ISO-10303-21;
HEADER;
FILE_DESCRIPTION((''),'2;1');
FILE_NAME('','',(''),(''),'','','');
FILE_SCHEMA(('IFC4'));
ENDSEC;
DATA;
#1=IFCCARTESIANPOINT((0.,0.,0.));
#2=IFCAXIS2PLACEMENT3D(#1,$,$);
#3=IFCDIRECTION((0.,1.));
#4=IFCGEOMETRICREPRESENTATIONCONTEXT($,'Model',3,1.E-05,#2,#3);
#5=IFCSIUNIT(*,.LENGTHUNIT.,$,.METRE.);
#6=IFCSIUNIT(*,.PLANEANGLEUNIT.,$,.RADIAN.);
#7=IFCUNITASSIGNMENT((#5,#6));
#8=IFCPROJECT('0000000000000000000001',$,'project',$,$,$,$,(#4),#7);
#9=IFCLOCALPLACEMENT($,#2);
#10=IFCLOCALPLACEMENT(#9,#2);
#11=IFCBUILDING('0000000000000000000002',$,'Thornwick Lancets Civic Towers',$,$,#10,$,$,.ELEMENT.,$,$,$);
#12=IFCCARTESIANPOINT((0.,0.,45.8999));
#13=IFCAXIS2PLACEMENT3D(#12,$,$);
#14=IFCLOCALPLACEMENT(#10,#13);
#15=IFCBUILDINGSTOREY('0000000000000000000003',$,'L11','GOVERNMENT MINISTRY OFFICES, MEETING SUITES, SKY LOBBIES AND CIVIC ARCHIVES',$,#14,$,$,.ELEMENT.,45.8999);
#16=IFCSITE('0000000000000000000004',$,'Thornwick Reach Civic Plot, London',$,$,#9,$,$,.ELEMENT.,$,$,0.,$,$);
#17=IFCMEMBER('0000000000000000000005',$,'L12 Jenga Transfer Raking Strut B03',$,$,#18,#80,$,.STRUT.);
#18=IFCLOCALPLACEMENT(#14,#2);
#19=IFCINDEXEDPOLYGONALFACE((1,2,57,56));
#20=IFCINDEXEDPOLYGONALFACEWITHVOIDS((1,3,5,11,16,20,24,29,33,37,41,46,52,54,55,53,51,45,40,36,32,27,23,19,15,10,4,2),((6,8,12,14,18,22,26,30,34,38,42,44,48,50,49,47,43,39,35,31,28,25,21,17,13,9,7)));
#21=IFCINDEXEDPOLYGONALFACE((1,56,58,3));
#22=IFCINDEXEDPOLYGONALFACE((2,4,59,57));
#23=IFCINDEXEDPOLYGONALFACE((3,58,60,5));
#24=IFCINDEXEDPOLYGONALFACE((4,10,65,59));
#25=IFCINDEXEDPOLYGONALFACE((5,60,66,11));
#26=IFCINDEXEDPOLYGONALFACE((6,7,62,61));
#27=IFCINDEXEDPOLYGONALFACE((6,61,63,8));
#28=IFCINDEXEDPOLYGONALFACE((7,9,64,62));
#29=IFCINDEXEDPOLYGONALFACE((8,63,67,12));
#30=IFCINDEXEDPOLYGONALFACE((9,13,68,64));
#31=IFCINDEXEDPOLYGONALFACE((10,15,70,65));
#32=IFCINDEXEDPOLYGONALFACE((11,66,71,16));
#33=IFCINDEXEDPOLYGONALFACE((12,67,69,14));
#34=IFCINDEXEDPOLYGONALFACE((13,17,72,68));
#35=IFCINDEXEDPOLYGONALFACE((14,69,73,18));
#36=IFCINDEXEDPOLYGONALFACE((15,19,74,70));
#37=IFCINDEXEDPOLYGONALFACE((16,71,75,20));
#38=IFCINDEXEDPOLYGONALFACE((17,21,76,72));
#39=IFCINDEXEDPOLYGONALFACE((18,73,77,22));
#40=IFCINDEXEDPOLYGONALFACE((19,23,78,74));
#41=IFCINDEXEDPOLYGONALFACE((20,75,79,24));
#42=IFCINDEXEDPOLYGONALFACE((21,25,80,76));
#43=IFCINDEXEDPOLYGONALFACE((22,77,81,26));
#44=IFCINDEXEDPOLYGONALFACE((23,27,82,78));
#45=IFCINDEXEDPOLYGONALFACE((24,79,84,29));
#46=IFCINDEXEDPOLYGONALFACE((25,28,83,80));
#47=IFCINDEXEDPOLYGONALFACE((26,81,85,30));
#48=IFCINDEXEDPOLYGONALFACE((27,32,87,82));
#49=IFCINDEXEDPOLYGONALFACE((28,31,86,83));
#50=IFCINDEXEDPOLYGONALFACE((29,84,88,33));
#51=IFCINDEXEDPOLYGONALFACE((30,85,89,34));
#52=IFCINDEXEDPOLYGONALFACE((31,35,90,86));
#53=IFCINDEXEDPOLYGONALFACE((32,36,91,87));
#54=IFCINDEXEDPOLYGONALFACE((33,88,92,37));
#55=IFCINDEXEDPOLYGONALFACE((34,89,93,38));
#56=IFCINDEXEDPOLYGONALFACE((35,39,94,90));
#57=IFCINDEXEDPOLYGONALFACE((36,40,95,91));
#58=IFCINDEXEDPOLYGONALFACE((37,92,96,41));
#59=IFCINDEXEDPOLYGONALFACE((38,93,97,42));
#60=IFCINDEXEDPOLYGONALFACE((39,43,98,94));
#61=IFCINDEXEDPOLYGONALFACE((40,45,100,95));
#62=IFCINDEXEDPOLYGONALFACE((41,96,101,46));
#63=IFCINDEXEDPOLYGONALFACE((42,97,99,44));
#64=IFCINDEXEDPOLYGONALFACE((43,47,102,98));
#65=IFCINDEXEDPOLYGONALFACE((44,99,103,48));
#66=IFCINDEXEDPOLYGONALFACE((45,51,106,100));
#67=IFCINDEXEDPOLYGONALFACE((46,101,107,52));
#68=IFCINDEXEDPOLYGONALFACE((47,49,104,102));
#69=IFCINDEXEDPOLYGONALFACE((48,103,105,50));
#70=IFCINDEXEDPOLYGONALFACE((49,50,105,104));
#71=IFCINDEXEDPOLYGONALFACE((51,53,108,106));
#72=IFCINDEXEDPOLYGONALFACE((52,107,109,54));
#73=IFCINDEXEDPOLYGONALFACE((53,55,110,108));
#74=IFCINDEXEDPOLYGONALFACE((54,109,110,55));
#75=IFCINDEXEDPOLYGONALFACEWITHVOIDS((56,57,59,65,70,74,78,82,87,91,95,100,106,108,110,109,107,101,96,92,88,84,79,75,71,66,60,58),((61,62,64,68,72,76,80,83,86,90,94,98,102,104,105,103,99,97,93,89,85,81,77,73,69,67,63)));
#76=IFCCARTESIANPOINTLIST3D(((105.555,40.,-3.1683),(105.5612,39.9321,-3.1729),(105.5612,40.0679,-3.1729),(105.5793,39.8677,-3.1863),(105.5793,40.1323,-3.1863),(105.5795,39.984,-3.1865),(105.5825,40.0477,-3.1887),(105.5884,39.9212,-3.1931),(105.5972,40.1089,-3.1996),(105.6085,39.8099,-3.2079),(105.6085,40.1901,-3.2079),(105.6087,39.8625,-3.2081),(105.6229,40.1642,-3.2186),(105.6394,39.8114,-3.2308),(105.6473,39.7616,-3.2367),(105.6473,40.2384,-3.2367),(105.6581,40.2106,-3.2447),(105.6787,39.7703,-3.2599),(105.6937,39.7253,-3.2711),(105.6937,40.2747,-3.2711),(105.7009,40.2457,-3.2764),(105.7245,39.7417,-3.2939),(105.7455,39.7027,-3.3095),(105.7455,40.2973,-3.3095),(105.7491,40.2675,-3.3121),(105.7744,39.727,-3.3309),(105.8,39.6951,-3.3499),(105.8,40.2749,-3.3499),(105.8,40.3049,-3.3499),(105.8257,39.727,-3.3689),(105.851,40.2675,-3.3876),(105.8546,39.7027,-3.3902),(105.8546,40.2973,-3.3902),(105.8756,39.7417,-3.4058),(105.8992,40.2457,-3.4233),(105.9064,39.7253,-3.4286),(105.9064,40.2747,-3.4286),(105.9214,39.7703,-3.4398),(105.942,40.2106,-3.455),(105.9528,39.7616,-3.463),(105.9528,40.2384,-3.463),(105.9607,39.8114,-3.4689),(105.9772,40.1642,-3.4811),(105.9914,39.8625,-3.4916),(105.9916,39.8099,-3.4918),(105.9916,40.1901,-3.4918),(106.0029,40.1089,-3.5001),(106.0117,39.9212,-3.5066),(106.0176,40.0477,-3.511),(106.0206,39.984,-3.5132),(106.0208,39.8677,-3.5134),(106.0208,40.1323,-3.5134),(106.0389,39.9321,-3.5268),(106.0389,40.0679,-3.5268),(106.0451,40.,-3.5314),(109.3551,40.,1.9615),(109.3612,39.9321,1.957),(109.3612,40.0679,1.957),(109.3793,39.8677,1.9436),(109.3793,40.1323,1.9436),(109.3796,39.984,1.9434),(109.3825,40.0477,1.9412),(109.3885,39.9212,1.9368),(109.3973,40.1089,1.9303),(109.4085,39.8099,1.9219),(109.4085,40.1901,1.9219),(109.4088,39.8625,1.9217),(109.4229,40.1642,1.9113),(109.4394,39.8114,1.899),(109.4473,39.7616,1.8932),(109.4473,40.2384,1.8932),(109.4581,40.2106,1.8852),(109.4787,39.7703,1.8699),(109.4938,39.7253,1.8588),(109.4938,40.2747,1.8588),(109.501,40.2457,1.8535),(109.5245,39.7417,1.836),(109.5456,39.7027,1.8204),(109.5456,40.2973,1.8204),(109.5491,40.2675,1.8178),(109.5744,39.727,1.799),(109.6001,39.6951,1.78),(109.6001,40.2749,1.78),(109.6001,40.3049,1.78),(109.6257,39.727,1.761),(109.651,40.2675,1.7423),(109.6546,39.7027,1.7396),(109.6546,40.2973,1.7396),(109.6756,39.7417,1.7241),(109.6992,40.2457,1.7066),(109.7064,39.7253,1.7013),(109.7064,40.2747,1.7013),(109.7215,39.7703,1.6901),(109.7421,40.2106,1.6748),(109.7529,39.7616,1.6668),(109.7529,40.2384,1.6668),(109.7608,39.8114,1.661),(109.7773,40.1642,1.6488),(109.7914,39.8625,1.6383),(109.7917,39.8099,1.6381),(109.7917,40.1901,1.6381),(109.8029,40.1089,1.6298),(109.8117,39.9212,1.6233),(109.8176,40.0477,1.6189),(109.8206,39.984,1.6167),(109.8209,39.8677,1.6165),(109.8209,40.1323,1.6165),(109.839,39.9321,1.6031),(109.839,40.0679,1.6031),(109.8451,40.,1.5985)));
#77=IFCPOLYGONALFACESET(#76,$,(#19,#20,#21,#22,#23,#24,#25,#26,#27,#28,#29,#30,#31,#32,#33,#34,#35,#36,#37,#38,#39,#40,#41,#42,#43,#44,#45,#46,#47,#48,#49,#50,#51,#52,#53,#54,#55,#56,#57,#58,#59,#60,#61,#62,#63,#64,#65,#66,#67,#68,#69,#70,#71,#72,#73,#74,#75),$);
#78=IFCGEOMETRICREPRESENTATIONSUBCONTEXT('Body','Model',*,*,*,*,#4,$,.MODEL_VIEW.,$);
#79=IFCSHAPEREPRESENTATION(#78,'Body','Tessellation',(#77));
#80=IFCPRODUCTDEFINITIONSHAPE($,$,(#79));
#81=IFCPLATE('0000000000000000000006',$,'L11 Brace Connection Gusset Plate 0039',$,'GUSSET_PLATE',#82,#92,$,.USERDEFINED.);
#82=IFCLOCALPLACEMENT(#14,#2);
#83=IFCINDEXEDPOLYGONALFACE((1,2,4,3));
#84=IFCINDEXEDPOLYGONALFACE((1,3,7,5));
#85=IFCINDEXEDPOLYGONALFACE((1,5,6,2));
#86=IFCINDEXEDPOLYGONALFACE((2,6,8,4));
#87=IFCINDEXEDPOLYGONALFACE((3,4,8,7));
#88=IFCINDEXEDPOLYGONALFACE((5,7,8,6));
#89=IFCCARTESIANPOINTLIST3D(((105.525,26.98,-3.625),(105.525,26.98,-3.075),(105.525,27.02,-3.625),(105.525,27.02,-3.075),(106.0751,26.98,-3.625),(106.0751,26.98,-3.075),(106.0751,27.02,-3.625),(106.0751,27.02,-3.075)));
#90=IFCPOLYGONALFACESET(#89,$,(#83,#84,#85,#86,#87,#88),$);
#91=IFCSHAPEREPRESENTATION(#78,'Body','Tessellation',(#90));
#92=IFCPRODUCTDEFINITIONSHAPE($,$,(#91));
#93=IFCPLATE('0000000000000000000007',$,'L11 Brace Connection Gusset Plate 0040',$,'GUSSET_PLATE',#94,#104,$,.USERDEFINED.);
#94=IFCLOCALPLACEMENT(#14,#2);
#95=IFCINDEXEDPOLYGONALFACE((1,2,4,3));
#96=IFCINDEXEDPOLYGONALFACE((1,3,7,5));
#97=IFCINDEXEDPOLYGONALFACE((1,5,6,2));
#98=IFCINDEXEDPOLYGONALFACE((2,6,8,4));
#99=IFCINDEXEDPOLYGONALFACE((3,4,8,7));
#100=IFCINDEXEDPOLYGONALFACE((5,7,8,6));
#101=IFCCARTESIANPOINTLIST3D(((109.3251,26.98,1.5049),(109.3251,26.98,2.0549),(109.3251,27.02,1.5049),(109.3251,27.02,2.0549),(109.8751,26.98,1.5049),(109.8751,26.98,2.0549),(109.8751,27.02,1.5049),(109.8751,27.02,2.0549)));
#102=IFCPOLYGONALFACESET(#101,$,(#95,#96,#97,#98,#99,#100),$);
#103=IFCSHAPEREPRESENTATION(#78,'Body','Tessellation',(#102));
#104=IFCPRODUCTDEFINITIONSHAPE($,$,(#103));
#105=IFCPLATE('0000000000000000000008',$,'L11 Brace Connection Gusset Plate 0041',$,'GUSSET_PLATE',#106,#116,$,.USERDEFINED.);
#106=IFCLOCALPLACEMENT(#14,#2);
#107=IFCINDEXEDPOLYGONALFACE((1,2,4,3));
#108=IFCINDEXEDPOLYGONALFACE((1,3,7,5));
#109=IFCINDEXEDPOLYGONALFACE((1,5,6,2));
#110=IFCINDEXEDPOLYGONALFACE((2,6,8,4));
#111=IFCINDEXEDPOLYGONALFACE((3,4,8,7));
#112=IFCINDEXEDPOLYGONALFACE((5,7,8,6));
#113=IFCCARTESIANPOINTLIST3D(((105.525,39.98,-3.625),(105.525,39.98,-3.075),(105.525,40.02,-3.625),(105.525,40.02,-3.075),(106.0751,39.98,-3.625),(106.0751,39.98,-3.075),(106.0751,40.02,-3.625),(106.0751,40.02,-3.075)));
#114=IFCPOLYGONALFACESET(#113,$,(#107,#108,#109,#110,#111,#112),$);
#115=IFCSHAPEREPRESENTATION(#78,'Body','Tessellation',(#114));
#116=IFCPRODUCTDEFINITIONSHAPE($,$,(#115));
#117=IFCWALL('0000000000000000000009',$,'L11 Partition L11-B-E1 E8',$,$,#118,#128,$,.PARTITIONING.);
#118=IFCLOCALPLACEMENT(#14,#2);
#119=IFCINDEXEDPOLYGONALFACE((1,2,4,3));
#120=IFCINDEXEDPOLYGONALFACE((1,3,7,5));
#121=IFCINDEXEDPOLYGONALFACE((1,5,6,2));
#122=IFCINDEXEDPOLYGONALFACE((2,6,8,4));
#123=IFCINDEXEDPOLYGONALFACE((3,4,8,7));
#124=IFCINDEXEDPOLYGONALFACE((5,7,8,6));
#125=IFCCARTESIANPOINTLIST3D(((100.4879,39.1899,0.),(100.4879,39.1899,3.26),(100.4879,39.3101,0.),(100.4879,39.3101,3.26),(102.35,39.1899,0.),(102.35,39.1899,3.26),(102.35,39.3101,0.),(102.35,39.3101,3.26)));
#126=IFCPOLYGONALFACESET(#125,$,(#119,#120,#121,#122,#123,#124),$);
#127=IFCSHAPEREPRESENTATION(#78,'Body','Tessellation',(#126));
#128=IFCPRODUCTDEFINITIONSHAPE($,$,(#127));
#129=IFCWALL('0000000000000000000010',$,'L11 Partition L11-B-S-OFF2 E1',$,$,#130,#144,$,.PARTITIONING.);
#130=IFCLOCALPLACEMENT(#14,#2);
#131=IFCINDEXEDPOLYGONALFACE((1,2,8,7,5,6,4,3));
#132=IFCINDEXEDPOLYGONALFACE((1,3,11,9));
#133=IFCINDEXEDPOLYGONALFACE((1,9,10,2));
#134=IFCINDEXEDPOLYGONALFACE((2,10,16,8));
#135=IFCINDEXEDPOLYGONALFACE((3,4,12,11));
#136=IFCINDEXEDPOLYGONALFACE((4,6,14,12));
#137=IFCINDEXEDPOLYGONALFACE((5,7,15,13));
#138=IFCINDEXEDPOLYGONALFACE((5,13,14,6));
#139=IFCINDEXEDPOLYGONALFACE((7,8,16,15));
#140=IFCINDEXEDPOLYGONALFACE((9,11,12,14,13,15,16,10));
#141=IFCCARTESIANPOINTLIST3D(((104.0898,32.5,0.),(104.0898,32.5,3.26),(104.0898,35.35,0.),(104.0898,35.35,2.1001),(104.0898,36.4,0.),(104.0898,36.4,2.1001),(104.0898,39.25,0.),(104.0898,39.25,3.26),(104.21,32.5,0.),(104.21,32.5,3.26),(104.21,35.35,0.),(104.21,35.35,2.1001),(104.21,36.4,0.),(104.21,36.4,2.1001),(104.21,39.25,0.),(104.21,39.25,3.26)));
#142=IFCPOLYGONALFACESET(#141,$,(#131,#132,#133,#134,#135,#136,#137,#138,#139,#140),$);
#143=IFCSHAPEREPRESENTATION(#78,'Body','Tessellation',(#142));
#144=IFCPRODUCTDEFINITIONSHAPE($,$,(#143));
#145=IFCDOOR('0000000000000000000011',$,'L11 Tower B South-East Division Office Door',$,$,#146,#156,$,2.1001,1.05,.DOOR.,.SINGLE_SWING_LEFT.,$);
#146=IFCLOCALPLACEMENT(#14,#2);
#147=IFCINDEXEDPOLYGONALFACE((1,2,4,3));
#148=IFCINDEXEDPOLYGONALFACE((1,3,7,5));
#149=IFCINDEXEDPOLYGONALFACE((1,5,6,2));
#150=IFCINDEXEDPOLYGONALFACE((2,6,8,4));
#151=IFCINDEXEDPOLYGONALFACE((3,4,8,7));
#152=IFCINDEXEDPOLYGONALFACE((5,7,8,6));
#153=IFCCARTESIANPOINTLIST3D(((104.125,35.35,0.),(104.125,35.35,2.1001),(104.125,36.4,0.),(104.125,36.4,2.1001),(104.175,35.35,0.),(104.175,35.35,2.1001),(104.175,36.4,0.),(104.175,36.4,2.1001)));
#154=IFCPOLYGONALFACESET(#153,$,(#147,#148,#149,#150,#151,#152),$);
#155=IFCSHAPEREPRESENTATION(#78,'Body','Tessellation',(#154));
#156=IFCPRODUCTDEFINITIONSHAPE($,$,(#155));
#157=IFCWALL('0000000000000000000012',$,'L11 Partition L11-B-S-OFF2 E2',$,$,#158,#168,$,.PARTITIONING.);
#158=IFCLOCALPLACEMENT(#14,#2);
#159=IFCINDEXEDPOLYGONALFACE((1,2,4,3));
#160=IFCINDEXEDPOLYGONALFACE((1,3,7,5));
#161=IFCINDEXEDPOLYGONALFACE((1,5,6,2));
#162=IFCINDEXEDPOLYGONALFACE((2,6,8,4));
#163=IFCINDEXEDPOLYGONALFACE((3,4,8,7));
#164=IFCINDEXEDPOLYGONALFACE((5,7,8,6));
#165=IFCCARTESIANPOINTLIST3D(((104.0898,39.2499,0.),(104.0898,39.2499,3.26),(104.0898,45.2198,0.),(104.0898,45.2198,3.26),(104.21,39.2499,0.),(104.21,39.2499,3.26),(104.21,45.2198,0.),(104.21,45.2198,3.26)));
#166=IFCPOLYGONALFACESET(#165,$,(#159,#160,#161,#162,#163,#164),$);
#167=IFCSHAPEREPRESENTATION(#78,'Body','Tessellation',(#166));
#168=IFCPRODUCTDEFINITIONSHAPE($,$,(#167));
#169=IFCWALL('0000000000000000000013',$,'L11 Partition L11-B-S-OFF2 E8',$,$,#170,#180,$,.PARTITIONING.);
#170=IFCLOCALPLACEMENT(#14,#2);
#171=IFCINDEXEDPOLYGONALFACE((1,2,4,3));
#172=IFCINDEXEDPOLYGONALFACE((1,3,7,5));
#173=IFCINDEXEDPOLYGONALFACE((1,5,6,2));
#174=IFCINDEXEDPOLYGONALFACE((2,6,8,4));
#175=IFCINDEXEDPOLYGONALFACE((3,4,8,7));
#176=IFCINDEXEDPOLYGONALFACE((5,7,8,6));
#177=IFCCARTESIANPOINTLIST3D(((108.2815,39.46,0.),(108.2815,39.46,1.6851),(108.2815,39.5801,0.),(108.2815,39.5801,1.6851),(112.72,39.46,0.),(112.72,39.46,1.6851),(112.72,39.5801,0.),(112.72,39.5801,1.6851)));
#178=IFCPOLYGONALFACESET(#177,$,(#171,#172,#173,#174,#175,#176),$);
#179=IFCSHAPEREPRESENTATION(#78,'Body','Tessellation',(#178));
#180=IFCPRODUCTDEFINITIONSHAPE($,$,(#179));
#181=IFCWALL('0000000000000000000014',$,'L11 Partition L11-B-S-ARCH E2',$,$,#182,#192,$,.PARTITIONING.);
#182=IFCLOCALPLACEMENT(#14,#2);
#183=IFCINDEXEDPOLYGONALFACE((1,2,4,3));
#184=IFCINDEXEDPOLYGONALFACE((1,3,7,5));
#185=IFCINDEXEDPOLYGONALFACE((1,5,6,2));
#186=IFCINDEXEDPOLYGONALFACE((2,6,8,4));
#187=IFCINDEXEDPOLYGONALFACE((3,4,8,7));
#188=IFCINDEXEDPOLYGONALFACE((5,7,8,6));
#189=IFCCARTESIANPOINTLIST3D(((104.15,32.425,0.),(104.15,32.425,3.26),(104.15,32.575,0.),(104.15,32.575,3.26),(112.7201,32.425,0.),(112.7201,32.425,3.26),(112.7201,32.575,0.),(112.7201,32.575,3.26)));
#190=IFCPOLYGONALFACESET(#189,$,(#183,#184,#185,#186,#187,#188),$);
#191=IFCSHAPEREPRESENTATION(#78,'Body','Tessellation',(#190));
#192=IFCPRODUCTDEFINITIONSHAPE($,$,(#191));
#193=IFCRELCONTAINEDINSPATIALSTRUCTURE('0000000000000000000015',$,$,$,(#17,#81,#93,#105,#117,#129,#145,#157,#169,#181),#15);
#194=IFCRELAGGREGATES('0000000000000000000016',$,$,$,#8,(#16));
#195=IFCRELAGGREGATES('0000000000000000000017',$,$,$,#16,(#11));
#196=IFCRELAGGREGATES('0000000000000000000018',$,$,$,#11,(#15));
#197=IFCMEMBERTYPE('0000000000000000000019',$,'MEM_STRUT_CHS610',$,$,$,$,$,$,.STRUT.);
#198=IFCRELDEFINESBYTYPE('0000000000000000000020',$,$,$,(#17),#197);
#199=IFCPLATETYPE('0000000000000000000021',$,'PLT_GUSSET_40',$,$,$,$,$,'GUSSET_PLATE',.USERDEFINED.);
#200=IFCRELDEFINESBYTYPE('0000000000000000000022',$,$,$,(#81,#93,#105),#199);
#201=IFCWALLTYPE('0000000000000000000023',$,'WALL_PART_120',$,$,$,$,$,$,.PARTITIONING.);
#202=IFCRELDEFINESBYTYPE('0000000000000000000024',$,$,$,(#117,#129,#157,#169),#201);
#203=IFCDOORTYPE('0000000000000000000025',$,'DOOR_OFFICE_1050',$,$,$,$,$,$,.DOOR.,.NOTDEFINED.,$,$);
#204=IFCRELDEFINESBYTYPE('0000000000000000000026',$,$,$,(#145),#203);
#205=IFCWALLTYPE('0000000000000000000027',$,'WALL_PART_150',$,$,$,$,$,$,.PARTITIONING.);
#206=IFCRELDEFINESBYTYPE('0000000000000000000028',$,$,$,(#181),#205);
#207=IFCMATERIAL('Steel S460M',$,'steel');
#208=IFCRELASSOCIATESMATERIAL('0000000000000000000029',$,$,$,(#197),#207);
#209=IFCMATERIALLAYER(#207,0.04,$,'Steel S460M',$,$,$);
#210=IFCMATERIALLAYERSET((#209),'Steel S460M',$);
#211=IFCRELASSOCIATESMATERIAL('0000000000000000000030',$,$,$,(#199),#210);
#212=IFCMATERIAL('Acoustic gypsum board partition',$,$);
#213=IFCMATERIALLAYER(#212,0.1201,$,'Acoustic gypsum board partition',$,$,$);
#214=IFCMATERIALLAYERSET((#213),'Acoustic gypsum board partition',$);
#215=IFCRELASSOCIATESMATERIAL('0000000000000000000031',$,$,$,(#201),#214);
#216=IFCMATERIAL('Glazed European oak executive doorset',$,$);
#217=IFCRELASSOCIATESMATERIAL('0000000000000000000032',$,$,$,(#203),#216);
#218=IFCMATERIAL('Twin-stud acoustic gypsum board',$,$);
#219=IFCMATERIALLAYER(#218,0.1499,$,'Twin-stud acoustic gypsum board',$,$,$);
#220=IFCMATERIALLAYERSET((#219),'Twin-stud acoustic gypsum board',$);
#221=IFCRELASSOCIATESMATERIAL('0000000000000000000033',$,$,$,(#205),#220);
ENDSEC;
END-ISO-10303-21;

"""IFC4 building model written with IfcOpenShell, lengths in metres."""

from ifc_helpers import new_model, si_unit, direction, frame, frame_2d, origin, origin_2d, place, context, subcontext, project, spatial, rectangle, hollow_circle, extrude, material, layer, layer_set, material_profile, profile_set, type_object, element, fill, save


model = new_model("IFC4")

# Units and contexts
model_context = context("Model", 3, precision=1e-05, world=origin(), true_north=direction((0.0, 1.0)))
body_context = subcontext(model_context, "Body", "Model", "MODEL_VIEW")
ifc_project = project(units=[si_unit("LENGTHUNIT", "METRE"), si_unit("PLANEANGLEUNIT", "RADIAN")], contexts=[model_context])

# Site, building, storey
site_placement = place(None, origin())
site = spatial("IfcSite", under=ifc_project, at=site_placement, Name="Thornwick Reach Civic Plot, London", CompositionType="ELEMENT", RefElevation=0.0)
building_placement = place(site_placement, origin())
building = spatial("IfcBuilding", under=site, at=building_placement, Name="Thornwick Lancets Civic Towers", CompositionType="ELEMENT")
storey_placement = place(building_placement, frame((0.0, 0.0, 45.8999)))
storey = spatial("IfcBuildingStorey", under=building, at=storey_placement, Name="L11", Description="GOVERNMENT MINISTRY OFFICES, MEETING SUITES, SKY LOBBIES AND CIVIC ARCHIVES", CompositionType="ELEMENT", Elevation=45.8999)

# Shared definitions
ifc_material_1 = material(Name="Steel S460M", Category="steel")

# Member
ifc_material_profile_1 = material_profile(ifc_material_1, hollow_circle(Radius=0.3049, WallThickness=0.03, at=origin_2d()), Name="CHS 610x30")
ifc_profile_set_1 = profile_set([ifc_material_profile_1], Name="Steel S460M")
member_type = type_object("IfcMemberType", Name="MEM_STRUT_CHS610", PredefinedType="STRUT", material=ifc_profile_set_1)
member_placement = place(storey_placement, frame((105.8, 40.0, -3.3499), z_axis=(0.595241, 0.0, 0.803547), x_axis=(0.0, 1.0, 0.0)))
element("IfcMember", 1, at=member_placement, inside=storey, type_object=member_type, Name="L12 Jenga Transfer Raking Strut B03", PredefinedType="STRUT", context=body_context, shape_type="SweptSolid", body=[
    extrude(hollow_circle(Radius=0.3049, WallThickness=0.03, at=origin_2d()), origin(), (0.0, 0.0, 1.0), 6.384),
])

# Plates
ifc_layer_1 = layer(ifc_material_1, 0.04, Name="Steel S460M")
ifc_layer_set_1 = layer_set([ifc_layer_1], Name="Steel S460M")
plate_type = type_object("IfcPlateType", Name="PLT_GUSSET_40", ElementType="GUSSET_PLATE", PredefinedType="USERDEFINED", material=ifc_layer_set_1)
for number, where, z_axis, x_axis, name in (
    (2, (105.8, 27.0, -3.625), (0.0, 0.0, 1.0), (1.0, 0.0, 0.0), "L11 Brace Connection Gusset Plate 0039"),
    (3, (109.6001, 27.0, 1.5049), (0.0, 0.0, 1.0), (1.0, 0.0, 0.0), "L11 Brace Connection Gusset Plate 0040"),
    (4, (105.8, 40.0, -3.625), (0.0, 0.0, 1.0), (1.0, 0.0, 0.0), "L11 Brace Connection Gusset Plate 0041"),
):
    element("IfcPlate", number, at=place(storey_placement, frame(where, z_axis=z_axis, x_axis=x_axis)), inside=storey, type_object=plate_type, Name=name, ObjectType="GUSSET_PLATE", PredefinedType="USERDEFINED", context=body_context, shape_type="SweptSolid", body=[
        extrude(rectangle(XDim=0.55, YDim=0.04, at=origin_2d()), origin(), (0.0, 0.0, 1.0), 0.55),
    ])

# Wall
ifc_material_2 = material(Name="Acoustic gypsum board partition")
ifc_layer_2 = layer(ifc_material_2, 0.1201, Name="Acoustic gypsum board partition")
ifc_layer_set_2 = layer_set([ifc_layer_2], Name="Acoustic gypsum board partition")
wall_type_1 = type_object("IfcWallType", Name="WALL_PART_120", PredefinedType="PARTITIONING", material=ifc_layer_set_2)
wall_1_placement = place(storey_placement, frame((102.3501, 39.25, 0.0), z_axis=(0.0, 0.0, 1.0), x_axis=(-1.0, 0.0, 0.0)))
element("IfcWall", 5, at=wall_1_placement, inside=storey, type_object=wall_type_1, Name="L11 Partition L11-B-E1 E8", PredefinedType="PARTITIONING", context=body_context, shape_type="SweptSolid", body=[
    extrude(rectangle(XDim=1.8621, YDim=0.1201, at=frame_2d((0.9312, 0.0))), origin(), (0.0, 0.0, 1.0), 3.26),
])

# Wall, opening, door
wall_2_placement = place(storey_placement, frame((104.1499, 32.5, 0.0), z_axis=(0.0, 0.0, 1.0), x_axis=(0.0, 1.0, 0.0)))
wall_2 = element("IfcWall", 6, at=wall_2_placement, inside=storey, type_object=wall_type_1, Name="L11 Partition L11-B-S-OFF2 E1", PredefinedType="PARTITIONING", context=body_context, shape_type="SweptSolid", body=[
    extrude(rectangle(XDim=6.75, YDim=0.1201, at=frame_2d((3.375, 0.0))), origin(), (0.0, 0.0, 1.0), 3.26),
])
opening_placement = place(wall_2_placement, frame((2.8501, 0.0, 0.0)))
opening = element("IfcOpeningElement", 7, at=opening_placement, cuts=wall_2, PredefinedType="OPENING", context=body_context, shape_type="SweptSolid", body=[
    extrude(rectangle(XDim=1.05, YDim=2.1001, at=frame_2d((0.5249, 1.05))), frame((0.0, 0.0701, 0.0), z_axis=(0.0, -1.0, 0.0), x_axis=(1.0, 0.0, 0.0)), (0.0, 0.0, 1.0), 0.1401),
])
ifc_material_3 = material(Name="Glazed European oak executive doorset")
door_type = type_object("IfcDoorType", Name="DOOR_OFFICE_1050", OperationType="NOTDEFINED", PredefinedType="DOOR", material=ifc_material_3)
door_placement = place(opening_placement, origin())
door = element("IfcDoor", 8, at=door_placement, inside=storey, type_object=door_type, Name="L11 Tower B South-East Division Office Door", OperationType="SINGLE_SWING_LEFT", OverallHeight=2.1001, OverallWidth=1.05, PredefinedType="DOOR", context=body_context, shape_type="SweptSolid", body=[
    extrude(rectangle(XDim=1.05, YDim=2.1001, at=frame_2d((0.5249, 1.05))), frame((0.0, 0.0249, 0.0), z_axis=(0.0, -1.0, 0.0), x_axis=(1.0, 0.0, 0.0)), (0.0, 0.0, 1.0), 0.05),
])
fill(opening, door)

# Walls
wall_3_placement = place(storey_placement, frame((104.1499, 39.25, 0.0), z_axis=(0.0, 0.0, 1.0), x_axis=(0.0, 1.0, 0.0)))
element("IfcWall", 9, at=wall_3_placement, inside=storey, type_object=wall_type_1, Name="L11 Partition L11-B-S-OFF2 E2", PredefinedType="PARTITIONING", context=body_context, shape_type="SweptSolid", body=[
    extrude(rectangle(XDim=5.97, YDim=0.1201, at=frame_2d((2.9849, 0.0))), origin(), (0.0, 0.0, 1.0), 3.26),
])
wall_4_placement = place(storey_placement, frame((108.2815, 39.52, 0.0), z_axis=(0.0, 0.0, 1.0), x_axis=(1.0, 0.0, 0.0)))
element("IfcWall", 10, at=wall_4_placement, inside=storey, type_object=wall_type_1, Name="L11 Partition L11-B-S-OFF2 E8", PredefinedType="PARTITIONING", context=body_context, shape_type="SweptSolid", body=[
    extrude(rectangle(XDim=4.4385, YDim=0.1201, at=frame_2d((2.2192, 0.0))), origin(), (0.0, 0.0, 1.0), 1.6851),
])
ifc_material_4 = material(Name="Twin-stud acoustic gypsum board")
ifc_layer_3 = layer(ifc_material_4, 0.1499, Name="Twin-stud acoustic gypsum board")
ifc_layer_set_3 = layer_set([ifc_layer_3], Name="Twin-stud acoustic gypsum board")
wall_type_2 = type_object("IfcWallType", Name="WALL_PART_150", PredefinedType="PARTITIONING", material=ifc_layer_set_3)
wall_5_placement = place(storey_placement, frame((104.1499, 32.5, 0.0), z_axis=(0.0, 0.0, 1.0), x_axis=(1.0, 0.0, 0.0)))
element("IfcWall", 11, at=wall_5_placement, inside=storey, type_object=wall_type_2, Name="L11 Partition L11-B-S-ARCH E2", PredefinedType="PARTITIONING", context=body_context, shape_type="SweptSolid", body=[
    extrude(rectangle(XDim=8.5701, YDim=0.1499, at=frame_2d((4.2852, 0.0))), origin(), (0.0, 0.0, 1.0), 3.26),
])

save(model, "model.ifc")
